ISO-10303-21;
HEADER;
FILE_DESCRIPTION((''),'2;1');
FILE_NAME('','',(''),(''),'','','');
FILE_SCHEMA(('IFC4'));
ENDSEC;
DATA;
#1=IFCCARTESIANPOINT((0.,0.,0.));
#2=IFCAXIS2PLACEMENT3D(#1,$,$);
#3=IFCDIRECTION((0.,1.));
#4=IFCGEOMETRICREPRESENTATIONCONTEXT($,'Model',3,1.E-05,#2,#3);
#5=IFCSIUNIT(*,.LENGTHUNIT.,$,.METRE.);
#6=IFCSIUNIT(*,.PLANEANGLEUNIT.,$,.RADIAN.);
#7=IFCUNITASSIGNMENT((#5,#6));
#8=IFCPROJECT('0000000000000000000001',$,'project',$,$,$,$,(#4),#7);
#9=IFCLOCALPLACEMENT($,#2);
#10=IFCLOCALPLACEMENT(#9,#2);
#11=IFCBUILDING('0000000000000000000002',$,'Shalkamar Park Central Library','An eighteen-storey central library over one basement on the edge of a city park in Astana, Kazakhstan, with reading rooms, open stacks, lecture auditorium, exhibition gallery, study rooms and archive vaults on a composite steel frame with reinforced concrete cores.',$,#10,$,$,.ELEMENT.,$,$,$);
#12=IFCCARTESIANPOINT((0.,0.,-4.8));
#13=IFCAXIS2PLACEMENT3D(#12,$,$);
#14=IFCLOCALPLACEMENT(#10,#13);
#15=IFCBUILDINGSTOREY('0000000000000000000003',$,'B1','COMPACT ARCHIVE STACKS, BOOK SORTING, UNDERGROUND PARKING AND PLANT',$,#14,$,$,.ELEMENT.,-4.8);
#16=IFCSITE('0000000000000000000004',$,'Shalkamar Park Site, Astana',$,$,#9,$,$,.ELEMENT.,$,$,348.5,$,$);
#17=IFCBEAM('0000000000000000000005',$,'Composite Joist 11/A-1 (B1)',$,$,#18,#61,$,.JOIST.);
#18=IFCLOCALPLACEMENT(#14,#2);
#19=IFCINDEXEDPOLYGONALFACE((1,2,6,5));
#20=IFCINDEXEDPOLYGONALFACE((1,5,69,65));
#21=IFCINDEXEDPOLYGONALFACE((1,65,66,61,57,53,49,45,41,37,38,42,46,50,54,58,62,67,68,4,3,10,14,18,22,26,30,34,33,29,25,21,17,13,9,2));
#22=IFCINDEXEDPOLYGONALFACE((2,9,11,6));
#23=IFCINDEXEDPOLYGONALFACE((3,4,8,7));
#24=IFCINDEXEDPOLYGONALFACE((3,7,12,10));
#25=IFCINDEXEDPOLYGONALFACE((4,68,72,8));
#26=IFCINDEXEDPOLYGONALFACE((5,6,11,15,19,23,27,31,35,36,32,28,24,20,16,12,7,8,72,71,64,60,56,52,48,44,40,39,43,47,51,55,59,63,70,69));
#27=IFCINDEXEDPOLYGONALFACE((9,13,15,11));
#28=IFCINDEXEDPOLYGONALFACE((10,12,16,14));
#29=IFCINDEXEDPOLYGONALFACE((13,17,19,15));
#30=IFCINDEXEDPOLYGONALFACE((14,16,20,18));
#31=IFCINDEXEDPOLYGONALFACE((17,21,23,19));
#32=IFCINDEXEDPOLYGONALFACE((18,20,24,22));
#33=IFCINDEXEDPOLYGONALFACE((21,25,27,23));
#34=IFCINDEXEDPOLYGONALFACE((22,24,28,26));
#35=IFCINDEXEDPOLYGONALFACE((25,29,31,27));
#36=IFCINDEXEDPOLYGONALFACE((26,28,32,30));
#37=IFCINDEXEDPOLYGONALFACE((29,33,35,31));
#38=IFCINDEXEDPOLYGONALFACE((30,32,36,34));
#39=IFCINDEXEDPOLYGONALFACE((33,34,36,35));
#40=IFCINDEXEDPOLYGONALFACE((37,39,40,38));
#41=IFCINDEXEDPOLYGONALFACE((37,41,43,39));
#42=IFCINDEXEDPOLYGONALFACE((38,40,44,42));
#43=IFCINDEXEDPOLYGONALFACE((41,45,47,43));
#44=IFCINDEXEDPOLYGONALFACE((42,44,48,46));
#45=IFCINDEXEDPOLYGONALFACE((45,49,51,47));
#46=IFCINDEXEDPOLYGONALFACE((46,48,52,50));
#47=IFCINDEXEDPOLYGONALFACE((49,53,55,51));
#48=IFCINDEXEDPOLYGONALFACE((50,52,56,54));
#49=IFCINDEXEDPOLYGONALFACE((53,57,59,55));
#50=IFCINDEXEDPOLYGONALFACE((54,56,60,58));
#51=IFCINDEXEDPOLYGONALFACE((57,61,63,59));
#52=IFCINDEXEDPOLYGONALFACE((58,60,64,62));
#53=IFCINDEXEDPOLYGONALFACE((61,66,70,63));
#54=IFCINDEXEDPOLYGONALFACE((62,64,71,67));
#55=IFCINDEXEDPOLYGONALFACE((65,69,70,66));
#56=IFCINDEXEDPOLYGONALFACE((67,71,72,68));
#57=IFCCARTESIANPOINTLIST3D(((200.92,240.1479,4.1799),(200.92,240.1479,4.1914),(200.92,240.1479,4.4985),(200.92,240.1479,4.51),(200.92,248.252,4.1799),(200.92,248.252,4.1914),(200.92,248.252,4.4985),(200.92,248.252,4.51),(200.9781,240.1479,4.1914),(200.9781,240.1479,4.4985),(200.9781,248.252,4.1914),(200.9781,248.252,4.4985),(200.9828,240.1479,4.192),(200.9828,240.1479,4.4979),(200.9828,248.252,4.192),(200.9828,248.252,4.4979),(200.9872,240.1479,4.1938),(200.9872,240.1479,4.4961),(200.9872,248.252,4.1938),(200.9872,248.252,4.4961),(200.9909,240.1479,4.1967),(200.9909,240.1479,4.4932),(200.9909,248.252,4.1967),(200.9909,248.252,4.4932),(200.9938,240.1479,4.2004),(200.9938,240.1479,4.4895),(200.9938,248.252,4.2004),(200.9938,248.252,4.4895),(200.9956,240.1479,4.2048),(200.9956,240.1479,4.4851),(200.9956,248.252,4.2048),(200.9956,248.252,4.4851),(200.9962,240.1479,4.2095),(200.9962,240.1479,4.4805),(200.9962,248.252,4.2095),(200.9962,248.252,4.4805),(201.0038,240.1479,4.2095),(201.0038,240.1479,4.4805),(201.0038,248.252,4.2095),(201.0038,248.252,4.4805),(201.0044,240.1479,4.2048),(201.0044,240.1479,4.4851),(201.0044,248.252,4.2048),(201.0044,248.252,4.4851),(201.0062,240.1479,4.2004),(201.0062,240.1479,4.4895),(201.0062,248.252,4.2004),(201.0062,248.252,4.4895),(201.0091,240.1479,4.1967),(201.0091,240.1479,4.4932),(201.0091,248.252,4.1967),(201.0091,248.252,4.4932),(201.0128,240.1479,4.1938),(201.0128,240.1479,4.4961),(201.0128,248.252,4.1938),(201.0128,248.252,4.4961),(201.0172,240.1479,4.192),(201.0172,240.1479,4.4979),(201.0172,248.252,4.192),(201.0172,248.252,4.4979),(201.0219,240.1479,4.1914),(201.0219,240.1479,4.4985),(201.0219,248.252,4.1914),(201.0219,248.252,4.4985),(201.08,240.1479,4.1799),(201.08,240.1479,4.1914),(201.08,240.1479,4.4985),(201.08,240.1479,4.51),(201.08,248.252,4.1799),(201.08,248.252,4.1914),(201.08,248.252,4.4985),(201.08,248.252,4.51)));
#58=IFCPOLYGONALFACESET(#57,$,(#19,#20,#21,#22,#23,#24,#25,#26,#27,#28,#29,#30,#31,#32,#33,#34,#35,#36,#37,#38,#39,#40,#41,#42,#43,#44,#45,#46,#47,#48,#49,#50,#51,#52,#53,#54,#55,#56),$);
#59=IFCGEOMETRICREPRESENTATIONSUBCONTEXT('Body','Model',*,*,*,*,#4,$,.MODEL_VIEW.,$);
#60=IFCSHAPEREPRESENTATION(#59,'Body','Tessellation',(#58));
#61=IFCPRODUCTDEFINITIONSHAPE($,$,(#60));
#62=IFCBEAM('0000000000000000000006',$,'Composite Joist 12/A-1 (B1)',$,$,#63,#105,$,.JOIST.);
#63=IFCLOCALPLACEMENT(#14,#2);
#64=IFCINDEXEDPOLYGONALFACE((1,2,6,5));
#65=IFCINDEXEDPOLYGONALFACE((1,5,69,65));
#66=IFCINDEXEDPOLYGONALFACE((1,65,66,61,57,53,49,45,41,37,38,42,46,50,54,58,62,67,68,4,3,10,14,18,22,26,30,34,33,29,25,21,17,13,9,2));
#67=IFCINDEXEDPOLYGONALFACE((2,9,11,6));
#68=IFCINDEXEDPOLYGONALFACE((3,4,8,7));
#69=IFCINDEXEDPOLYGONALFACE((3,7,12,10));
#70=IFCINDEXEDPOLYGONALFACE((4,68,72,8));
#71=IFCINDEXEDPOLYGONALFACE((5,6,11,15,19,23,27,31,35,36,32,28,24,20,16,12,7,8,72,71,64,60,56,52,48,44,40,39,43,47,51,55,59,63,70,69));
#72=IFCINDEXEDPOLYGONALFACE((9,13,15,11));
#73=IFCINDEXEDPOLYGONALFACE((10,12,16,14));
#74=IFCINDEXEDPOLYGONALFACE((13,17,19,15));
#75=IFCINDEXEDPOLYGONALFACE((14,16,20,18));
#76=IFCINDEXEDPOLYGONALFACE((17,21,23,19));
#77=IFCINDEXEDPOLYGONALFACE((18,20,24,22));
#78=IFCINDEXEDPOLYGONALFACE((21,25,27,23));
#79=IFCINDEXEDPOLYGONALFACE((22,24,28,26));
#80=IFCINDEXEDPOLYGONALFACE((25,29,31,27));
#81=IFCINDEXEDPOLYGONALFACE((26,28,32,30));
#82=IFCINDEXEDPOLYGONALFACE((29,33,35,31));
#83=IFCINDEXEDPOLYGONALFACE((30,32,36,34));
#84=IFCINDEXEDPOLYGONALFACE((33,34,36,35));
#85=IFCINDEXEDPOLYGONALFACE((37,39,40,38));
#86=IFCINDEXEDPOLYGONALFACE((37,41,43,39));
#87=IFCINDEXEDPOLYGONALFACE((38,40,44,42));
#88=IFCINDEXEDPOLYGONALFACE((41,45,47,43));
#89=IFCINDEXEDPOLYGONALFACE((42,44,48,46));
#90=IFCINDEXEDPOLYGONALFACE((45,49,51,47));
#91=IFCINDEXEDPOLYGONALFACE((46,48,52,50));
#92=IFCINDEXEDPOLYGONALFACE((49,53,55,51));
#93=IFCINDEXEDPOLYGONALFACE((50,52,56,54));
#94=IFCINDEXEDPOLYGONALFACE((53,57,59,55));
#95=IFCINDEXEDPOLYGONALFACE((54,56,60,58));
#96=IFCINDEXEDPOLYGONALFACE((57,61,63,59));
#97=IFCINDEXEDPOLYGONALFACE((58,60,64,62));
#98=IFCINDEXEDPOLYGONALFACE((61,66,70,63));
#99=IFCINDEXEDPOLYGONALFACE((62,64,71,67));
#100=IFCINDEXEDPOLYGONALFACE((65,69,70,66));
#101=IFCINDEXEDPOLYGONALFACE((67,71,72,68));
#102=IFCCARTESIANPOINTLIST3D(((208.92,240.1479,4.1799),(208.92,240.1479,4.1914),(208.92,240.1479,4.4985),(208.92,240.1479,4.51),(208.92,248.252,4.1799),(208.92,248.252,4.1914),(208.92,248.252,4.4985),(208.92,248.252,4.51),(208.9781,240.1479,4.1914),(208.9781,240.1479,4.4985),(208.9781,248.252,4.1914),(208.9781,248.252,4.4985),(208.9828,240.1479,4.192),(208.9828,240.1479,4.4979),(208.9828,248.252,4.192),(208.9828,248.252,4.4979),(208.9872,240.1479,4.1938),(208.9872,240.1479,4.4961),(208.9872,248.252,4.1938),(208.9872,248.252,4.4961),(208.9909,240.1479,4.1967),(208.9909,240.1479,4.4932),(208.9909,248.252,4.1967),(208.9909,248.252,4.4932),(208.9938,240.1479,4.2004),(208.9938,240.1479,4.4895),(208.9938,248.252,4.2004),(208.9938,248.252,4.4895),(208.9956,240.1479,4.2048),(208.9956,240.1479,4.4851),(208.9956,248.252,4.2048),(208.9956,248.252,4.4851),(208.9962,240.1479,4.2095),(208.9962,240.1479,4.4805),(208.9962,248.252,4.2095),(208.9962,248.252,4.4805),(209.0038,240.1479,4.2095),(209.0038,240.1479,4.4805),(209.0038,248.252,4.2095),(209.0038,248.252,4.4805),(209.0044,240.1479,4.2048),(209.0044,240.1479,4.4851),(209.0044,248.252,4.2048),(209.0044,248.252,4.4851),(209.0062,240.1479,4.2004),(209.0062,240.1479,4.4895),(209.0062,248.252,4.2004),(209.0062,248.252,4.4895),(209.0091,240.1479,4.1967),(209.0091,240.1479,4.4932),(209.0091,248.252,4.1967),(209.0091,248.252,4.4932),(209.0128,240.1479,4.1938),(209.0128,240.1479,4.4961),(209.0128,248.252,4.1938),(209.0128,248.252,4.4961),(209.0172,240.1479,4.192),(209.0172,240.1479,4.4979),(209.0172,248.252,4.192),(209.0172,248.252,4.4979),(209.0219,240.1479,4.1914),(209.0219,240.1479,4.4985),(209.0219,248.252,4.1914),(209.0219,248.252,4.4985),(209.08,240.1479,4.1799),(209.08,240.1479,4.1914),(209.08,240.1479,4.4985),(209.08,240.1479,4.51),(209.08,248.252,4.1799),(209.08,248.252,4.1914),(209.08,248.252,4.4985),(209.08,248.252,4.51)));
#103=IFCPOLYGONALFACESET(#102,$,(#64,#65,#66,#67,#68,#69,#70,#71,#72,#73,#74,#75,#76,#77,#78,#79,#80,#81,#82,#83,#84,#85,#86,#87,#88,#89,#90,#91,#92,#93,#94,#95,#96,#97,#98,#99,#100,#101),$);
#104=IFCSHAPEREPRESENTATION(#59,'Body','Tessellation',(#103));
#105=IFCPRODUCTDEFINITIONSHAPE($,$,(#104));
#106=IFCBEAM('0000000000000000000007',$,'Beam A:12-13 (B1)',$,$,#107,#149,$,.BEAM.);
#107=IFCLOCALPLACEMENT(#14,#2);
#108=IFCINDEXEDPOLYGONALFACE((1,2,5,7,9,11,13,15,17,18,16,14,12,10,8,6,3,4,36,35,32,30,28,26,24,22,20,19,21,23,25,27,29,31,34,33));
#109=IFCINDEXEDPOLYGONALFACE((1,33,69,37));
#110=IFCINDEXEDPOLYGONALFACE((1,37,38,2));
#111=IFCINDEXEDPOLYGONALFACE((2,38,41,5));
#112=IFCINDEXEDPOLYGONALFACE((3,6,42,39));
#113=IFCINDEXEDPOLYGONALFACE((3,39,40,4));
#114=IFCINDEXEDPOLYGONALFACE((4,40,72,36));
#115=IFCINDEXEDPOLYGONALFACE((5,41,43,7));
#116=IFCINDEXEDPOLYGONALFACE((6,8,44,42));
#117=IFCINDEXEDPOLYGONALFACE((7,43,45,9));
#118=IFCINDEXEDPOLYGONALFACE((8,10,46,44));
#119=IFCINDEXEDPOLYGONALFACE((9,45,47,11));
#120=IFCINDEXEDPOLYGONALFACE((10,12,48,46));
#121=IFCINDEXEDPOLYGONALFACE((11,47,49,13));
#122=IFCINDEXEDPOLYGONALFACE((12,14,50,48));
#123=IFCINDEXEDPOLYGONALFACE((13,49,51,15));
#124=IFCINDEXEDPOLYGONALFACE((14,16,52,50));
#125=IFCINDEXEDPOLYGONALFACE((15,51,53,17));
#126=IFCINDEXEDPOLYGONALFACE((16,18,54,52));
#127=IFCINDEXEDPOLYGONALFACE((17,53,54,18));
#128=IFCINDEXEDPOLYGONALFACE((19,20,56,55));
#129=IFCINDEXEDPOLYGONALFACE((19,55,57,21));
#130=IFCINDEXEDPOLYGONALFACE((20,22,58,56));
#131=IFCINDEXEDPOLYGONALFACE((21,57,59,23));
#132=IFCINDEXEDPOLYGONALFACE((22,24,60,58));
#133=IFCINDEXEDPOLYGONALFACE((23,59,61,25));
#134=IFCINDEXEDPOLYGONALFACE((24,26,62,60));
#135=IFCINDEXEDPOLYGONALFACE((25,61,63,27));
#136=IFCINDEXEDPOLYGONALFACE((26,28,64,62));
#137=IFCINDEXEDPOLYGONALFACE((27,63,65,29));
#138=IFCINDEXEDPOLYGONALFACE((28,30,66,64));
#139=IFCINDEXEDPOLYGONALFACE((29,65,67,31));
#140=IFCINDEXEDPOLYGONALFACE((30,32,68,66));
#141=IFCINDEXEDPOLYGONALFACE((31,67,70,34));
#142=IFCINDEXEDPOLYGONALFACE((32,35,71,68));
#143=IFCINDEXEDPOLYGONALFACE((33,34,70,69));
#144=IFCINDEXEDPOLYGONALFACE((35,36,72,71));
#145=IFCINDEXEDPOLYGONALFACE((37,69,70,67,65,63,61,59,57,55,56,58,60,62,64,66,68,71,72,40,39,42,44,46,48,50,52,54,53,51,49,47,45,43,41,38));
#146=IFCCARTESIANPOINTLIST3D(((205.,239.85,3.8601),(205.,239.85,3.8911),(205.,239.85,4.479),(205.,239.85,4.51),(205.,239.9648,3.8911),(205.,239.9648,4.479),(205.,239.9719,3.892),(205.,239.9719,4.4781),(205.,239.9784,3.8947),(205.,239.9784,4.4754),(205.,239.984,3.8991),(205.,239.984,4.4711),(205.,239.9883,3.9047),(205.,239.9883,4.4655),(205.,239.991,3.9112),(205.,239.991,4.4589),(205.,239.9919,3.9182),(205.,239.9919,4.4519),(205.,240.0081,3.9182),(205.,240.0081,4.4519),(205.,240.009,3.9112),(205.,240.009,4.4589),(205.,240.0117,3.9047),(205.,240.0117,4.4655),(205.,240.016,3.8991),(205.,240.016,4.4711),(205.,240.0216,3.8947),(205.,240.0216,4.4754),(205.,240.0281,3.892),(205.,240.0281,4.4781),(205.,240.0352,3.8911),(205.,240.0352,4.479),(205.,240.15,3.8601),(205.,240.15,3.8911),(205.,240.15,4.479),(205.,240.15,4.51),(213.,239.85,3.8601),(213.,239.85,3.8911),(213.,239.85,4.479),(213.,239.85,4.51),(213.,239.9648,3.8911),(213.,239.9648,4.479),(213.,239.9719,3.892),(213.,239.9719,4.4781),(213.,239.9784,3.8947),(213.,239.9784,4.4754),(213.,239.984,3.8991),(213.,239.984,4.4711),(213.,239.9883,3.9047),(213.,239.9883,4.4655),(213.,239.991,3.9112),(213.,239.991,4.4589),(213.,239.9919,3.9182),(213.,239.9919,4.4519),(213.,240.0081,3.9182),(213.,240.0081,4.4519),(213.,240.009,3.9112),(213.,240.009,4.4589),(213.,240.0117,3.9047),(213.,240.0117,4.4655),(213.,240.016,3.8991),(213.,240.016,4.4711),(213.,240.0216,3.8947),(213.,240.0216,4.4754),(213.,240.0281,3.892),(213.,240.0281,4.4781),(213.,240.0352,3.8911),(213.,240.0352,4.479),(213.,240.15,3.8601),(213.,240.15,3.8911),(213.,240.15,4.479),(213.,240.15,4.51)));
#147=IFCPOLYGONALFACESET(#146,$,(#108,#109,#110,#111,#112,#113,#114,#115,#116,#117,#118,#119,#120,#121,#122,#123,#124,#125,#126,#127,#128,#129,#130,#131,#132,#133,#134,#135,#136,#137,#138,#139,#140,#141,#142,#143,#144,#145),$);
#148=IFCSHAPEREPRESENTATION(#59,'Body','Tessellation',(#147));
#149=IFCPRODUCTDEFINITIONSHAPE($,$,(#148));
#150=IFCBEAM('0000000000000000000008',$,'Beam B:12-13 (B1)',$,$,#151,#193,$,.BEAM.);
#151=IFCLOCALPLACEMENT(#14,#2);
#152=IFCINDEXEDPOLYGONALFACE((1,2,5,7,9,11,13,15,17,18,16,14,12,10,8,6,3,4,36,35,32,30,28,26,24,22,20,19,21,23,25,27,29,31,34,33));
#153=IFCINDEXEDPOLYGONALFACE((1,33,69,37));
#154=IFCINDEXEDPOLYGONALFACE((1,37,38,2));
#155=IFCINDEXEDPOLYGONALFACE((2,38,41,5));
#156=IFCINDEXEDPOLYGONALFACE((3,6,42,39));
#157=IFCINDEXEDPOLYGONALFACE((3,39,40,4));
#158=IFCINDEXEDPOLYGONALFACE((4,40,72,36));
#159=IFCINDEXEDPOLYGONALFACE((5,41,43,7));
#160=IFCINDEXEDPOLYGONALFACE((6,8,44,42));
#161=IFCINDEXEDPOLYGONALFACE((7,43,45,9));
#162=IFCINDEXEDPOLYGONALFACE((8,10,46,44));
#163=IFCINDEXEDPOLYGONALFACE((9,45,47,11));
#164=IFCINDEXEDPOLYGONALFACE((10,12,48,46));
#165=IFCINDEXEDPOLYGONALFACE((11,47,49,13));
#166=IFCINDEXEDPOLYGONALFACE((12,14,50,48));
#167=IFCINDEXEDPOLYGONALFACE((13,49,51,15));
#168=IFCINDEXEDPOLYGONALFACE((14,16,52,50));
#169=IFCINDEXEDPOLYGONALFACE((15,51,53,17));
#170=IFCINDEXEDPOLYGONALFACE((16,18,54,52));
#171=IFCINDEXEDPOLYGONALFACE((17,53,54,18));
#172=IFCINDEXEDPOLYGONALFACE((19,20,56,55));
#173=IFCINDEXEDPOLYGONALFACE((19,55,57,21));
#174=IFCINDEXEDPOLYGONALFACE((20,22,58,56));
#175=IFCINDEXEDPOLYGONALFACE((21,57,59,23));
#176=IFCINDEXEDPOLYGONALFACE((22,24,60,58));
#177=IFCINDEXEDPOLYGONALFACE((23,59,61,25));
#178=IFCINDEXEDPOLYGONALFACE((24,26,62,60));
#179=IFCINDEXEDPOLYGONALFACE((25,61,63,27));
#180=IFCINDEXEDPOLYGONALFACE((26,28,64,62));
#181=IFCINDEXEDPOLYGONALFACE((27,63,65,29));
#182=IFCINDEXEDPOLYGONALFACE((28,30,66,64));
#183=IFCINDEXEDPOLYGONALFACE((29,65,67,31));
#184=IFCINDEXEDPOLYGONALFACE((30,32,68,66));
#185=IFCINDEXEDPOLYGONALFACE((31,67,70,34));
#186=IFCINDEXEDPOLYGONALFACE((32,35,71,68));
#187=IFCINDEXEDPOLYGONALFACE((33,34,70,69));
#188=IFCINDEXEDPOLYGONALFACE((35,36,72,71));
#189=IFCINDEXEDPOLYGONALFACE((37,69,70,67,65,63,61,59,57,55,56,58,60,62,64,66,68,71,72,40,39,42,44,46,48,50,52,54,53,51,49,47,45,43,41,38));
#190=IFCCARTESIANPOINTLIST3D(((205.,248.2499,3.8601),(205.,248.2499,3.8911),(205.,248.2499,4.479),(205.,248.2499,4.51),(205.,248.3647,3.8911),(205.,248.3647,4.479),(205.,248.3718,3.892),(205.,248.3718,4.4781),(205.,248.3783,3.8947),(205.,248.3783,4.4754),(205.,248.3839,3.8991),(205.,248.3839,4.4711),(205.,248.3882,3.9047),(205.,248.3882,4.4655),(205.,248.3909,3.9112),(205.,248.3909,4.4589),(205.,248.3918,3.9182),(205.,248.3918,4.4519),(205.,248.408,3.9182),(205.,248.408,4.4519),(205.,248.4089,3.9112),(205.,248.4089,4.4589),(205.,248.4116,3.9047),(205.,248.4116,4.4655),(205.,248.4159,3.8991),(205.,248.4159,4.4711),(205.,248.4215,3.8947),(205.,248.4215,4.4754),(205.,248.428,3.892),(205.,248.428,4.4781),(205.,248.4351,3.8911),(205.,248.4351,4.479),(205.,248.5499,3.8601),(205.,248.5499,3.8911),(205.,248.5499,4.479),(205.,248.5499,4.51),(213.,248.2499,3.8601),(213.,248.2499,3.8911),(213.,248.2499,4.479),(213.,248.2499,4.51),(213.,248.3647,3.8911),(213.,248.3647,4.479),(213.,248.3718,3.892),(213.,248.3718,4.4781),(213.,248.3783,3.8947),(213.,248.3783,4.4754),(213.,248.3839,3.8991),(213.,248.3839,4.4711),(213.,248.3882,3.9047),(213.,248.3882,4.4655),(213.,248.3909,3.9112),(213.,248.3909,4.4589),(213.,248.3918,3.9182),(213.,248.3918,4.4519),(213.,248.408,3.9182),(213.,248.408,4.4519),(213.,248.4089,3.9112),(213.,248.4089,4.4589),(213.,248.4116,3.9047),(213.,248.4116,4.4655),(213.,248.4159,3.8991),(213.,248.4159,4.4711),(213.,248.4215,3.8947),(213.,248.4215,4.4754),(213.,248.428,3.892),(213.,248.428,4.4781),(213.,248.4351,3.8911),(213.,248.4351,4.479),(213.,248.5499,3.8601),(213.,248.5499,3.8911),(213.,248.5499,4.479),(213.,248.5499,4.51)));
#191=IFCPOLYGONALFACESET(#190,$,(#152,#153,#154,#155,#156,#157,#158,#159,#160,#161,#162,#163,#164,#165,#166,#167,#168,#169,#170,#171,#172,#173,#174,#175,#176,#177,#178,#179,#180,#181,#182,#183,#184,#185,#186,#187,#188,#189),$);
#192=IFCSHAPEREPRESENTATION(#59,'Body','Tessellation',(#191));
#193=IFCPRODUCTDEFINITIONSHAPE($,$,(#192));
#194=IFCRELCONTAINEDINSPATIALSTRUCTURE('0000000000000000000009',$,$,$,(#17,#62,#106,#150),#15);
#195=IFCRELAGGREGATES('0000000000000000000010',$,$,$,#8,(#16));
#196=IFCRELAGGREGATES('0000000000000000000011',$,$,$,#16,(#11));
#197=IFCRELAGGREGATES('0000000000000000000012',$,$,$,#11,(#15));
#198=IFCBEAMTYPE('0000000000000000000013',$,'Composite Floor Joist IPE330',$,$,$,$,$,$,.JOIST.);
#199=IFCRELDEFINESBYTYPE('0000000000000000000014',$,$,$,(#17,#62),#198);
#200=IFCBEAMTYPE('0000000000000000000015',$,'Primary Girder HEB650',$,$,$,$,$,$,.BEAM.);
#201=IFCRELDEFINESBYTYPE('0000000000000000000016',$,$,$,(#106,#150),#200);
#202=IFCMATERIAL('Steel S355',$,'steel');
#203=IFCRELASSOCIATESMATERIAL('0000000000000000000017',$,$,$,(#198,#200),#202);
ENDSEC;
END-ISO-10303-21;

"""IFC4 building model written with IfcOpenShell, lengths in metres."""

from ifc_helpers import new_model, si_unit, direction, frame, origin, origin_2d, place, context, subcontext, project, spatial, i_section, extrude, material, material_profile, profile_set, type_object, element, save


model = new_model("IFC4")

# Units and contexts
model_context = context("Model", 3, precision=1e-05, world=origin(), true_north=direction((0.0, 1.0)))
body_context = subcontext(model_context, "Body", "Model", "MODEL_VIEW")
ifc_project = project(units=[si_unit("LENGTHUNIT", "METRE"), si_unit("PLANEANGLEUNIT", "RADIAN")], contexts=[model_context])

# Site, building, storey
site_placement = place(None, origin())
site = spatial("IfcSite", under=ifc_project, at=site_placement, Name="Shalkamar Park Site, Astana", CompositionType="ELEMENT", RefElevation=348.5)
building_placement = place(site_placement, origin())
building = spatial("IfcBuilding", under=site, at=building_placement, Name="Shalkamar Park Central Library", Description="An eighteen-storey central library over one basement on the edge of a city park in Astana, Kazakhstan, with reading rooms, open stacks, lecture auditorium, exhibition gallery, study rooms and archive vaults on a composite steel frame with reinforced concrete cores.", CompositionType="ELEMENT")
storey_placement = place(building_placement, frame((0.0, 0.0, -4.8)))
storey = spatial("IfcBuildingStorey", under=building, at=storey_placement, Name="B1", Description="COMPACT ARCHIVE STACKS, BOOK SORTING, UNDERGROUND PARKING AND PLANT", CompositionType="ELEMENT", Elevation=-4.8)

# Shared definitions
ifc_material_1 = material(Name="Steel S355", Category="steel")

# Beams
ifc_material_profile_1 = material_profile(ifc_material_1, i_section(OverallWidth=0.1599, OverallDepth=0.3301, WebThickness=0.0076, FlangeThickness=0.0115, FilletRadius=0.0181, at=origin_2d()), Name="IPE 330")
ifc_profile_set_1 = profile_set([ifc_material_profile_1], Name="Steel S355")
beam_type_1 = type_object("IfcBeamType", Name="Composite Floor Joist IPE330", PredefinedType="JOIST", material=ifc_profile_set_1)
for number, where, z_axis, x_axis, name in (
    (1, (201.0, 240.1479, 4.345), (0.0, 1.0, 0.0), (-1.0, 0.0, 0.0), "Composite Joist 11/A-1 (B1)"),
    (2, (209.0, 240.1479, 4.345), (0.0, 1.0, 0.0), (-1.0, 0.0, 0.0), "Composite Joist 12/A-1 (B1)"),
):
    element("IfcBeam", number, at=place(storey_placement, frame(where, z_axis=z_axis, x_axis=x_axis)), inside=storey, type_object=beam_type_1, Name=name, PredefinedType="JOIST", context=body_context, shape_type="SweptSolid", body=[
        extrude(i_section(OverallWidth=0.1599, OverallDepth=0.3301, WebThickness=0.0076, FlangeThickness=0.0115, FilletRadius=0.0181, at=origin_2d()), origin(), (0.0, 0.0, 1.0), 8.104),
    ])
ifc_material_profile_2 = material_profile(ifc_material_1, i_section(OverallWidth=0.3, OverallDepth=0.6499, WebThickness=0.0161, FlangeThickness=0.031, FilletRadius=0.0271, at=origin_2d()), Name="HEB 650")
ifc_profile_set_2 = profile_set([ifc_material_profile_2], Name="Steel S355")
beam_type_2 = type_object("IfcBeamType", Name="Primary Girder HEB650", PredefinedType="BEAM", material=ifc_profile_set_2)
for number, where, z_axis, x_axis, name in (
    (3, (205.0, 240.0, 4.1851), (1.0, 0.0, 0.0), (0.0, 1.0, 0.0), "Beam A:12-13 (B1)"),
    (4, (205.0, 248.3999, 4.1851), (1.0, 0.0, 0.0), (0.0, 1.0, 0.0), "Beam B:12-13 (B1)"),
):
    element("IfcBeam", number, at=place(storey_placement, frame(where, z_axis=z_axis, x_axis=x_axis)), inside=storey, type_object=beam_type_2, Name=name, PredefinedType="BEAM", context=body_context, shape_type="SweptSolid", body=[
        extrude(i_section(OverallWidth=0.3, OverallDepth=0.6499, WebThickness=0.0161, FlangeThickness=0.031, FilletRadius=0.0271, at=origin_2d()), origin(), (0.0, 0.0, 1.0), 8.0),
    ])

save(model, "model.ifc")
